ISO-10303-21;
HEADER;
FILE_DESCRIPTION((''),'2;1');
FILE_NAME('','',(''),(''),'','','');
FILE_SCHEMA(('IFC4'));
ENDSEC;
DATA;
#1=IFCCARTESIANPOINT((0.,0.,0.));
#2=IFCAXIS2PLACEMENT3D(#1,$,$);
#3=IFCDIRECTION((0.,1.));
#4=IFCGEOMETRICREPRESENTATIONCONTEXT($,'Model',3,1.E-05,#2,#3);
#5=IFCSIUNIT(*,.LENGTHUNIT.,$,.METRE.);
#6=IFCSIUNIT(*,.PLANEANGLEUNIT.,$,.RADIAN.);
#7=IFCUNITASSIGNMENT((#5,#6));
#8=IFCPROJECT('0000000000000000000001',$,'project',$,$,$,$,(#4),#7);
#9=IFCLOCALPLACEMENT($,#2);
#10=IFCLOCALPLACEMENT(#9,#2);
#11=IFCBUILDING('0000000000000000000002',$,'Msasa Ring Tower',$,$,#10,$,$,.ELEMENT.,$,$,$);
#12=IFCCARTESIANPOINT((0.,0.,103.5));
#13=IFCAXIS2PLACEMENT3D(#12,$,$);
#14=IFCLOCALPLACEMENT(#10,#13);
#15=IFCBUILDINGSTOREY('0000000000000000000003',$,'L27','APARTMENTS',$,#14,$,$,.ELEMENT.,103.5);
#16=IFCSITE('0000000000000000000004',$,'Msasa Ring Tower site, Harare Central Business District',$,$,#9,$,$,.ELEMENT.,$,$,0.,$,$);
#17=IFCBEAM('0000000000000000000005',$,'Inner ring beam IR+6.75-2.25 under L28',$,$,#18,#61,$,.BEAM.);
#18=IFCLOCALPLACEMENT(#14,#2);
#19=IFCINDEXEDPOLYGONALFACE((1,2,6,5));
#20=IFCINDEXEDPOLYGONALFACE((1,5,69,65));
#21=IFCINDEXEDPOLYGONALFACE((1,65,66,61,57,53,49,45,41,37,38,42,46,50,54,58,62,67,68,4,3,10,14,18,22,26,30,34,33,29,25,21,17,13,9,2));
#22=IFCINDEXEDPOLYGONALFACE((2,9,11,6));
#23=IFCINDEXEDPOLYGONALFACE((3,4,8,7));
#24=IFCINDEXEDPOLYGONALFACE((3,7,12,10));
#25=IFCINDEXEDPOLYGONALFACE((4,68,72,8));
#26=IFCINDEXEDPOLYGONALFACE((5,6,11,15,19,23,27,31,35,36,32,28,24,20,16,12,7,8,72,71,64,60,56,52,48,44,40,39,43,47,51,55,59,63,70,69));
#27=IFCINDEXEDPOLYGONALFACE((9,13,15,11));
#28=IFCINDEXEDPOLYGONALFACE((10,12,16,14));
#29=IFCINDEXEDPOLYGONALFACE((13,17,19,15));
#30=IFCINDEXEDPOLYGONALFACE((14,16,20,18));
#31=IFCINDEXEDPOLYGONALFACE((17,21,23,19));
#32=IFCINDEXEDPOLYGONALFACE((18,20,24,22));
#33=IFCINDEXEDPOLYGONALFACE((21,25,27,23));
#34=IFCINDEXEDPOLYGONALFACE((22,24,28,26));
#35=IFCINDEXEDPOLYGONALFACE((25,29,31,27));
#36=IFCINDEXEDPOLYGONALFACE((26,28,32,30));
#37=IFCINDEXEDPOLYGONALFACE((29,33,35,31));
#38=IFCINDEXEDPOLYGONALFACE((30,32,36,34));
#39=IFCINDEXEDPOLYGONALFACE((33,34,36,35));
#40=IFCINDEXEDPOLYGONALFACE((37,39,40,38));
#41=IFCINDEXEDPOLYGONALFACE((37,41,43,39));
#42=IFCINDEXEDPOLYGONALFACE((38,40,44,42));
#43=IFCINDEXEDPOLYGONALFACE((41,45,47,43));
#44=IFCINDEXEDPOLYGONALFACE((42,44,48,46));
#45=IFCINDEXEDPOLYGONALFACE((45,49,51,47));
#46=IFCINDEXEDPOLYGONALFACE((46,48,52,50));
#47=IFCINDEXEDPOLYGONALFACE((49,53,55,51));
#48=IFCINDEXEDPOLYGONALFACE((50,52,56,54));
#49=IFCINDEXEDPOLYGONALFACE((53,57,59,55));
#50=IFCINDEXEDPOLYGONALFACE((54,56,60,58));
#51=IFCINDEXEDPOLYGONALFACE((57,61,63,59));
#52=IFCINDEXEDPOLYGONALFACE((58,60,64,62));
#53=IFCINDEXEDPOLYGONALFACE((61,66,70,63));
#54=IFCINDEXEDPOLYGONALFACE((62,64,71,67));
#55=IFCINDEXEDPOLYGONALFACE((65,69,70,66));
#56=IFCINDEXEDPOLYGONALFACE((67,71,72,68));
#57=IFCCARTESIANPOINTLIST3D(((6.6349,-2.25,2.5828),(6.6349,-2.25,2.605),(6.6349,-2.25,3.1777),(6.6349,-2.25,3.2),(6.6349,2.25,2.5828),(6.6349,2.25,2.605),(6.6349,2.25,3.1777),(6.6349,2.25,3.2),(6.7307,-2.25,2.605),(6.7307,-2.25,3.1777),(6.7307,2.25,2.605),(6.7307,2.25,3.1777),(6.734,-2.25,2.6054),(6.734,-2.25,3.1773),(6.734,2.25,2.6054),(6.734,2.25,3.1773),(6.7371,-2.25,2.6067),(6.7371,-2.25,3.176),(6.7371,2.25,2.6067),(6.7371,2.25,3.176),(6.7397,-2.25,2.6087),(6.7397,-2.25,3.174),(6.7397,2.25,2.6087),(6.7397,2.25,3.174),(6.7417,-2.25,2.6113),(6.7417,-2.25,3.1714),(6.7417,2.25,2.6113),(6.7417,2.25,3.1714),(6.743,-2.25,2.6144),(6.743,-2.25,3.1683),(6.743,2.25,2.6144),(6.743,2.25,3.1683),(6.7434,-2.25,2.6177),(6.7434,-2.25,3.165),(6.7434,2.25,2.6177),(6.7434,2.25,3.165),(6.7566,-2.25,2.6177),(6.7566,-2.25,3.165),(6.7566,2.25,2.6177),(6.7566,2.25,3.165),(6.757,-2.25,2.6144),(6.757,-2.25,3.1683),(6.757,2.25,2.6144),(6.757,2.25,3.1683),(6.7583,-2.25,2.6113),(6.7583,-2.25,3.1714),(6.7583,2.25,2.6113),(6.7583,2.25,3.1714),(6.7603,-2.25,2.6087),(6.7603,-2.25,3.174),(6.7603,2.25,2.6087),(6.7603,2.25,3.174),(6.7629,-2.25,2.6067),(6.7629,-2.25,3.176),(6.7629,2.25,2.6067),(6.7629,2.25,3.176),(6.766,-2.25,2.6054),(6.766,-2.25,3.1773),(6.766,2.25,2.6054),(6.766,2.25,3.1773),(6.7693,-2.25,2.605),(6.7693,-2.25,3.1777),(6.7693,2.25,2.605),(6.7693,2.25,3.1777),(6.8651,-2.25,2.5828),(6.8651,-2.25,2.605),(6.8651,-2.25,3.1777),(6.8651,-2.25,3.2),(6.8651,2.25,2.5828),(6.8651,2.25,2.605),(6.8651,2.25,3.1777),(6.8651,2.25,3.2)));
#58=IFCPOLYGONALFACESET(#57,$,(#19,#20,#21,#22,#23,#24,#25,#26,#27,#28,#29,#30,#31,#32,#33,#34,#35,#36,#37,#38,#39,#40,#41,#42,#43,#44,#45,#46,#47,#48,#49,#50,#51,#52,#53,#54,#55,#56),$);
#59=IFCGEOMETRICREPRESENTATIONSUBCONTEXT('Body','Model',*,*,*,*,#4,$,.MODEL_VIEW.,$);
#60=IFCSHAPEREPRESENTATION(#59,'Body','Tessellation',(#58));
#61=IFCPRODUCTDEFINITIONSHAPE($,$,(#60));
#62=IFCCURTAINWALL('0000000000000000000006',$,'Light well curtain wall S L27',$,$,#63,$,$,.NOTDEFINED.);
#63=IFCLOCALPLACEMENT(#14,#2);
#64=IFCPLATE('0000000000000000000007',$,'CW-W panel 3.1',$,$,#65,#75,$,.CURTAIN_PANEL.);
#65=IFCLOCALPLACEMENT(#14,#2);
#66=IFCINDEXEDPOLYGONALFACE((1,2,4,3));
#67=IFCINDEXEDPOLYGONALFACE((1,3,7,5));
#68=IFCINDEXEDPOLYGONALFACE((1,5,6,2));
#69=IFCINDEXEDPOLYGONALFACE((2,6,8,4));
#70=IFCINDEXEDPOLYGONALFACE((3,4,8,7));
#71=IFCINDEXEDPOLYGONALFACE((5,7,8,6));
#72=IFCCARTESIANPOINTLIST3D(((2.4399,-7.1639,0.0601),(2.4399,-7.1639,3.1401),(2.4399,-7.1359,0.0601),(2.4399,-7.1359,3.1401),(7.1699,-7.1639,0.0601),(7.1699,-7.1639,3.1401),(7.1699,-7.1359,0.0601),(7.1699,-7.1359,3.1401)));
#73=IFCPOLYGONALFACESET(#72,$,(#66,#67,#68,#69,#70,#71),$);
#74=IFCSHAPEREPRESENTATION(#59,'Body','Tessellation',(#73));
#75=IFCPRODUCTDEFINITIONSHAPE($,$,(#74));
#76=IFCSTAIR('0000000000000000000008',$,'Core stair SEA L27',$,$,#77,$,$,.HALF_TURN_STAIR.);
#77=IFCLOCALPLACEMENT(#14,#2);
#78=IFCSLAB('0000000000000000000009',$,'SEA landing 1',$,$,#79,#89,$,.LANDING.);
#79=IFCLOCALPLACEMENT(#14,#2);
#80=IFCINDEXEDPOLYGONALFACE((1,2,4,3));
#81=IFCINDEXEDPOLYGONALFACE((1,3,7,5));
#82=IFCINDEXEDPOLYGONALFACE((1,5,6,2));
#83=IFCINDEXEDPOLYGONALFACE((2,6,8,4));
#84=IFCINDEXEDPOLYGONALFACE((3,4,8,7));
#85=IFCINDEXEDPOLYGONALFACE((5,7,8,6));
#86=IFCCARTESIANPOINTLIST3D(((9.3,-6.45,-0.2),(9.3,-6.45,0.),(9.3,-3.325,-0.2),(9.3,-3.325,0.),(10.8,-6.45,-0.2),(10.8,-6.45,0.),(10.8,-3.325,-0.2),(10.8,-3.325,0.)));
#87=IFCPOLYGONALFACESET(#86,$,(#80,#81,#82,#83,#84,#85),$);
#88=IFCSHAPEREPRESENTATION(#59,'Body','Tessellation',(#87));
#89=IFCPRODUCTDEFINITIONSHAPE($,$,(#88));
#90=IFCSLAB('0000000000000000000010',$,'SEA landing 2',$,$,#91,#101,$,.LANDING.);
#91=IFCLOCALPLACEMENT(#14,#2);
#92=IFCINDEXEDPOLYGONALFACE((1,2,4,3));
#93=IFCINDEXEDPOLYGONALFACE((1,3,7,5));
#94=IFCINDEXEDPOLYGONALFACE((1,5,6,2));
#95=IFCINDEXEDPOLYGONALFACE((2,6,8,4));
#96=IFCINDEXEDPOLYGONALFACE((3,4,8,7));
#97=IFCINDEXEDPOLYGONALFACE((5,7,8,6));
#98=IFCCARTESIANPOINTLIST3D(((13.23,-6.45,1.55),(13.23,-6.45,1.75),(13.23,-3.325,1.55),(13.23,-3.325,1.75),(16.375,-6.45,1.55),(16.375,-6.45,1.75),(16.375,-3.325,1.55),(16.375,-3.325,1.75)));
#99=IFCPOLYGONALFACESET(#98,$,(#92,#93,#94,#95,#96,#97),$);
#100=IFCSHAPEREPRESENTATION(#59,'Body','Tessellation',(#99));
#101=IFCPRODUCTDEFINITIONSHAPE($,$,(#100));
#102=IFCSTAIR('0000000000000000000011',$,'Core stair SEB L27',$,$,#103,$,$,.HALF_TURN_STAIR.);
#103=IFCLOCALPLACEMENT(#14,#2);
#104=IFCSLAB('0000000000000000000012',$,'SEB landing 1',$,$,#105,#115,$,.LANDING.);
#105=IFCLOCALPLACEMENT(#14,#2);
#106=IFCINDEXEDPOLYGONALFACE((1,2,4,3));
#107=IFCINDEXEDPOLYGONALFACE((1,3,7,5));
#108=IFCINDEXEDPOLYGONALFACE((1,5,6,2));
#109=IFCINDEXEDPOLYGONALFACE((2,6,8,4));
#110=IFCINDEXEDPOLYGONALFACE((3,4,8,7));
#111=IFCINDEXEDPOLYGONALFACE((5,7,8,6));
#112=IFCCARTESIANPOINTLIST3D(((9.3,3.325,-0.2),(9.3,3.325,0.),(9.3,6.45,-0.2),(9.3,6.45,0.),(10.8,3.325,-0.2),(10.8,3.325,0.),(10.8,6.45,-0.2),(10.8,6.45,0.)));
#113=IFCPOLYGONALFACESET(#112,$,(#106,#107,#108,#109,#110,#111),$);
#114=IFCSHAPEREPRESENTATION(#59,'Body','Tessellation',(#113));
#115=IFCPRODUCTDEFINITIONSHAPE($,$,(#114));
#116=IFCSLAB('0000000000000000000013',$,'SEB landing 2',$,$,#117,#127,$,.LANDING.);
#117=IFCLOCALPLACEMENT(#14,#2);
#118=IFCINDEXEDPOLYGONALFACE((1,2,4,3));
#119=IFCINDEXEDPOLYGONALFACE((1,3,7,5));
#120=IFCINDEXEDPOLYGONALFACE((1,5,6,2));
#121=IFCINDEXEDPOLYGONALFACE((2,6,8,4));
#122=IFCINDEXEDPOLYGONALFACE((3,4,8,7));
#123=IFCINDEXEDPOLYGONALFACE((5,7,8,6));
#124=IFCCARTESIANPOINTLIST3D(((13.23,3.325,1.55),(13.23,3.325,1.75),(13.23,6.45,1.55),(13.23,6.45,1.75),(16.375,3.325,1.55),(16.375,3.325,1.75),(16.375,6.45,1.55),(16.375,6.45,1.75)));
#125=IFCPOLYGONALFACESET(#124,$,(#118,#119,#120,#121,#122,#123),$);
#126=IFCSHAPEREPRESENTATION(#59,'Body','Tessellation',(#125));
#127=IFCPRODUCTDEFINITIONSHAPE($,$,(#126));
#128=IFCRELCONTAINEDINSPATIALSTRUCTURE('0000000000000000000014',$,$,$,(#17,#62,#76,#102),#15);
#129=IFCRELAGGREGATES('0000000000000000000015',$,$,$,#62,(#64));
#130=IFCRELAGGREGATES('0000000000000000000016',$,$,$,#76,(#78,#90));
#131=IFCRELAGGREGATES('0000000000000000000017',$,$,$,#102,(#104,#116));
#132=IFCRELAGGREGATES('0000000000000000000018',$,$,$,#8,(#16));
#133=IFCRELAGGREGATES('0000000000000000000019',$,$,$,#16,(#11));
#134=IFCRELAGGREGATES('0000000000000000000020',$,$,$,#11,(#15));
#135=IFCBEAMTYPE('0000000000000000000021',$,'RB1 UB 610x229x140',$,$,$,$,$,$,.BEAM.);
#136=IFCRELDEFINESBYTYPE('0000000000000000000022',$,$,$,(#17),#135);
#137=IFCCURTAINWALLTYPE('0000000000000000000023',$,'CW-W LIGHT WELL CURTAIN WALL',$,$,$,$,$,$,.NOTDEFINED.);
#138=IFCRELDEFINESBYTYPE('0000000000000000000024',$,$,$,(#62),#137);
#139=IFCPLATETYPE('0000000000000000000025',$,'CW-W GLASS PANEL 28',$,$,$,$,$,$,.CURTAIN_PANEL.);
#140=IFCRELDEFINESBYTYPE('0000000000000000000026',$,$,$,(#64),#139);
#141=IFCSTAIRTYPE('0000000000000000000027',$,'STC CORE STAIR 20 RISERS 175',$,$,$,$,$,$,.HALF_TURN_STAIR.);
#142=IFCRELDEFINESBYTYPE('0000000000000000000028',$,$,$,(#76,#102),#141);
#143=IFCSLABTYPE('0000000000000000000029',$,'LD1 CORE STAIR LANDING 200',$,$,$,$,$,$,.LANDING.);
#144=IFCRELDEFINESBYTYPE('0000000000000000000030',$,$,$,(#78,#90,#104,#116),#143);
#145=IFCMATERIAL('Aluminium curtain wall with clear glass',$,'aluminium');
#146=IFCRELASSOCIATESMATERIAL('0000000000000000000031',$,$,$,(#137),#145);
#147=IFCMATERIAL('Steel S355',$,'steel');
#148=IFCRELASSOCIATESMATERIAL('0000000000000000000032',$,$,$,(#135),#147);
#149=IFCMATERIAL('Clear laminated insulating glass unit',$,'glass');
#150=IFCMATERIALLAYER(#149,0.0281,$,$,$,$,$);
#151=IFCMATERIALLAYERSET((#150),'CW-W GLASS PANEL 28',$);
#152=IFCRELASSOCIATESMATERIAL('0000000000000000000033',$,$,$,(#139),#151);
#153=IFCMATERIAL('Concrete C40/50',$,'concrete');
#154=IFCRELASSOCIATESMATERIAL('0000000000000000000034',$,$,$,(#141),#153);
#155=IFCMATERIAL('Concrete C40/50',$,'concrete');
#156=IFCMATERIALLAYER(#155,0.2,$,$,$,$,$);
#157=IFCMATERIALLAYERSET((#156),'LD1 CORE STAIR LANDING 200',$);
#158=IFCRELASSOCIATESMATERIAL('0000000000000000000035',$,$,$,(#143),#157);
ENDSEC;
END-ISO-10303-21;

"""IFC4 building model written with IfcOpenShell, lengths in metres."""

from ifc_helpers import new_model, si_unit, direction, frame, origin, origin_2d, place, context, subcontext, project, spatial, polyline, rectangle, i_section, outline, extrude, material, layer, layer_set, material_profile, profile_set, type_object, element, aggregate, save


model = new_model("IFC4")

# Units and contexts
model_context = context("Model", 3, precision=1e-05, world=origin(), true_north=direction((0.0, 1.0)))
body_context = subcontext(model_context, "Body", "Model", "MODEL_VIEW")
ifc_project = project(units=[si_unit("LENGTHUNIT", "METRE"), si_unit("PLANEANGLEUNIT", "RADIAN")], contexts=[model_context])

# Site, building, storey
site_placement = place(None, origin())
site = spatial("IfcSite", under=ifc_project, at=site_placement, Name="Msasa Ring Tower site, Harare Central Business District", CompositionType="ELEMENT", RefElevation=0.0)
building_placement = place(site_placement, origin())
building = spatial("IfcBuilding", under=site, at=building_placement, Name="Msasa Ring Tower", CompositionType="ELEMENT")
storey_placement = place(building_placement, frame((0.0, 0.0, 103.5)))
storey = spatial("IfcBuildingStorey", under=building, at=storey_placement, Name="L27", Description="APARTMENTS", CompositionType="ELEMENT", Elevation=103.5)

# Shared definitions
ifc_material_1 = material(Name="Aluminium curtain wall with clear glass", Category="aluminium")
curtain_wall_type = type_object("IfcCurtainWallType", Name="CW-W LIGHT WELL CURTAIN WALL", PredefinedType="NOTDEFINED", material=ifc_material_1)

# Beam
ifc_material_2 = material(Name="Steel S355", Category="steel")
ifc_material_profile_1 = material_profile(ifc_material_2, i_section(OverallWidth=0.2302, OverallDepth=0.6172, WebThickness=0.0132, FlangeThickness=0.0222, FilletRadius=0.0127, at=origin_2d()), Name="UB 610x229x140")
ifc_profile_set_1 = profile_set([ifc_material_profile_1], Name="Steel S355")
beam_type = type_object("IfcBeamType", Name="RB1 UB 610x229x140", PredefinedType="BEAM", material=ifc_profile_set_1)
for number, where, z_axis, x_axis, name in (
    (1, (6.75, -2.25, 2.8914), (0.0, 1.0, 0.0), (-1.0, 0.0, 0.0), "Inner ring beam IR+6.75-2.25 under L28"),
):
    element("IfcBeam", number, at=place(storey_placement, frame(where, z_axis=z_axis, x_axis=x_axis)), inside=storey, type_object=beam_type, Name=name, PredefinedType="BEAM", context=body_context, shape_type="SweptSolid", body=[
        extrude(i_section(OverallWidth=0.2302, OverallDepth=0.6172, WebThickness=0.0132, FlangeThickness=0.0222, FilletRadius=0.0127, at=origin_2d()), origin(), (0.0, 0.0, 1.0), 4.5),
    ])

# Curtain wall, plate
curtain_wall_1_placement = place(storey_placement, origin())
curtain_wall_1 = element("IfcCurtainWall", 2, at=curtain_wall_1_placement, inside=storey, type_object=curtain_wall_type, Name="Light well curtain wall S L27", PredefinedType="NOTDEFINED")
ifc_material_3 = material(Name="Clear laminated insulating glass unit", Category="glass")
ifc_layer_1 = layer(ifc_material_3, 0.0281)
ifc_layer_set_1 = layer_set([ifc_layer_1], Name="CW-W GLASS PANEL 28")
plate_type = type_object("IfcPlateType", Name="CW-W GLASS PANEL 28", PredefinedType="CURTAIN_PANEL", material=ifc_layer_set_1)
plate_placement = place(storey_placement, frame((4.8049, -7.1499, 0.0601), z_axis=(0.0, 0.0, 1.0), x_axis=(1.0, 0.0, 0.0)))
plate = element("IfcPlate", 3, at=plate_placement, type_object=plate_type, Name="CW-W panel 3.1", PredefinedType="CURTAIN_PANEL", context=body_context, shape_type="SweptSolid", body=[
    extrude(rectangle(XDim=4.73, YDim=0.0281, at=origin_2d()), origin(), (0.0, 0.0, 1.0), 3.0801),
])
aggregate(curtain_wall_1, [plate])

# Stairs, slabs
ifc_material_4 = material(Name="Concrete C40/50", Category="concrete")
stair_type = type_object("IfcStairType", Name="STC CORE STAIR 20 RISERS 175", PredefinedType="HALF_TURN_STAIR", material=ifc_material_4)
stair_1_placement = place(storey_placement, origin())
stair_1 = element("IfcStair", 4, at=stair_1_placement, inside=storey, type_object=stair_type, Name="Core stair SEA L27", PredefinedType="HALF_TURN_STAIR")
ifc_material_5 = material(Name="Concrete C40/50", Category="concrete")
ifc_layer_2 = layer(ifc_material_5, 0.2)
ifc_layer_set_2 = layer_set([ifc_layer_2], Name="LD1 CORE STAIR LANDING 200")
slab_type = type_object("IfcSlabType", Name="LD1 CORE STAIR LANDING 200", PredefinedType="LANDING", material=ifc_layer_set_2)
slab_1_placement = place(storey_placement, frame((0.0, 0.0, -0.2)))
slab_1 = element("IfcSlab", 5, at=slab_1_placement, type_object=slab_type, Name="SEA landing 1", PredefinedType="LANDING", context=body_context, shape_type="SweptSolid", body=[
    extrude(outline(polyline([(9.3, -6.45), (10.8, -6.45), (10.8, -3.325), (9.3, -3.325), (9.3, -6.45)])), origin(), (0.0, 0.0, 1.0), 0.2),
])
slab_2_placement = place(storey_placement, frame((0.0, 0.0, 1.55)))
slab_2 = element("IfcSlab", 6, at=slab_2_placement, type_object=slab_type, Name="SEA landing 2", PredefinedType="LANDING", context=body_context, shape_type="SweptSolid", body=[
    extrude(outline(polyline([(13.23, -6.45), (16.375, -6.45), (16.375, -3.325), (13.23, -3.325), (13.23, -6.45)])), origin(), (0.0, 0.0, 1.0), 0.2),
])
aggregate(stair_1, [slab_1, slab_2])
stair_2_placement = place(storey_placement, origin())
stair_2 = element("IfcStair", 7, at=stair_2_placement, inside=storey, type_object=stair_type, Name="Core stair SEB L27", PredefinedType="HALF_TURN_STAIR")
slab_3_placement = place(storey_placement, frame((0.0, 0.0, -0.2)))
slab_3 = element("IfcSlab", 8, at=slab_3_placement, type_object=slab_type, Name="SEB landing 1", PredefinedType="LANDING", context=body_context, shape_type="SweptSolid", body=[
    extrude(outline(polyline([(9.3, 3.325), (10.8, 3.325), (10.8, 6.45), (9.3, 6.45), (9.3, 3.325)])), origin(), (0.0, 0.0, 1.0), 0.2),
])
slab_4_placement = place(storey_placement, frame((0.0, 0.0, 1.55)))
slab_4 = element("IfcSlab", 9, at=slab_4_placement, type_object=slab_type, Name="SEB landing 2", PredefinedType="LANDING", context=body_context, shape_type="SweptSolid", body=[
    extrude(outline(polyline([(13.23, 3.325), (16.375, 3.325), (16.375, 6.45), (13.23, 6.45), (13.23, 3.325)])), origin(), (0.0, 0.0, 1.0), 0.2),
])
aggregate(stair_2, [slab_3, slab_4])

save(model, "model.ifc")
